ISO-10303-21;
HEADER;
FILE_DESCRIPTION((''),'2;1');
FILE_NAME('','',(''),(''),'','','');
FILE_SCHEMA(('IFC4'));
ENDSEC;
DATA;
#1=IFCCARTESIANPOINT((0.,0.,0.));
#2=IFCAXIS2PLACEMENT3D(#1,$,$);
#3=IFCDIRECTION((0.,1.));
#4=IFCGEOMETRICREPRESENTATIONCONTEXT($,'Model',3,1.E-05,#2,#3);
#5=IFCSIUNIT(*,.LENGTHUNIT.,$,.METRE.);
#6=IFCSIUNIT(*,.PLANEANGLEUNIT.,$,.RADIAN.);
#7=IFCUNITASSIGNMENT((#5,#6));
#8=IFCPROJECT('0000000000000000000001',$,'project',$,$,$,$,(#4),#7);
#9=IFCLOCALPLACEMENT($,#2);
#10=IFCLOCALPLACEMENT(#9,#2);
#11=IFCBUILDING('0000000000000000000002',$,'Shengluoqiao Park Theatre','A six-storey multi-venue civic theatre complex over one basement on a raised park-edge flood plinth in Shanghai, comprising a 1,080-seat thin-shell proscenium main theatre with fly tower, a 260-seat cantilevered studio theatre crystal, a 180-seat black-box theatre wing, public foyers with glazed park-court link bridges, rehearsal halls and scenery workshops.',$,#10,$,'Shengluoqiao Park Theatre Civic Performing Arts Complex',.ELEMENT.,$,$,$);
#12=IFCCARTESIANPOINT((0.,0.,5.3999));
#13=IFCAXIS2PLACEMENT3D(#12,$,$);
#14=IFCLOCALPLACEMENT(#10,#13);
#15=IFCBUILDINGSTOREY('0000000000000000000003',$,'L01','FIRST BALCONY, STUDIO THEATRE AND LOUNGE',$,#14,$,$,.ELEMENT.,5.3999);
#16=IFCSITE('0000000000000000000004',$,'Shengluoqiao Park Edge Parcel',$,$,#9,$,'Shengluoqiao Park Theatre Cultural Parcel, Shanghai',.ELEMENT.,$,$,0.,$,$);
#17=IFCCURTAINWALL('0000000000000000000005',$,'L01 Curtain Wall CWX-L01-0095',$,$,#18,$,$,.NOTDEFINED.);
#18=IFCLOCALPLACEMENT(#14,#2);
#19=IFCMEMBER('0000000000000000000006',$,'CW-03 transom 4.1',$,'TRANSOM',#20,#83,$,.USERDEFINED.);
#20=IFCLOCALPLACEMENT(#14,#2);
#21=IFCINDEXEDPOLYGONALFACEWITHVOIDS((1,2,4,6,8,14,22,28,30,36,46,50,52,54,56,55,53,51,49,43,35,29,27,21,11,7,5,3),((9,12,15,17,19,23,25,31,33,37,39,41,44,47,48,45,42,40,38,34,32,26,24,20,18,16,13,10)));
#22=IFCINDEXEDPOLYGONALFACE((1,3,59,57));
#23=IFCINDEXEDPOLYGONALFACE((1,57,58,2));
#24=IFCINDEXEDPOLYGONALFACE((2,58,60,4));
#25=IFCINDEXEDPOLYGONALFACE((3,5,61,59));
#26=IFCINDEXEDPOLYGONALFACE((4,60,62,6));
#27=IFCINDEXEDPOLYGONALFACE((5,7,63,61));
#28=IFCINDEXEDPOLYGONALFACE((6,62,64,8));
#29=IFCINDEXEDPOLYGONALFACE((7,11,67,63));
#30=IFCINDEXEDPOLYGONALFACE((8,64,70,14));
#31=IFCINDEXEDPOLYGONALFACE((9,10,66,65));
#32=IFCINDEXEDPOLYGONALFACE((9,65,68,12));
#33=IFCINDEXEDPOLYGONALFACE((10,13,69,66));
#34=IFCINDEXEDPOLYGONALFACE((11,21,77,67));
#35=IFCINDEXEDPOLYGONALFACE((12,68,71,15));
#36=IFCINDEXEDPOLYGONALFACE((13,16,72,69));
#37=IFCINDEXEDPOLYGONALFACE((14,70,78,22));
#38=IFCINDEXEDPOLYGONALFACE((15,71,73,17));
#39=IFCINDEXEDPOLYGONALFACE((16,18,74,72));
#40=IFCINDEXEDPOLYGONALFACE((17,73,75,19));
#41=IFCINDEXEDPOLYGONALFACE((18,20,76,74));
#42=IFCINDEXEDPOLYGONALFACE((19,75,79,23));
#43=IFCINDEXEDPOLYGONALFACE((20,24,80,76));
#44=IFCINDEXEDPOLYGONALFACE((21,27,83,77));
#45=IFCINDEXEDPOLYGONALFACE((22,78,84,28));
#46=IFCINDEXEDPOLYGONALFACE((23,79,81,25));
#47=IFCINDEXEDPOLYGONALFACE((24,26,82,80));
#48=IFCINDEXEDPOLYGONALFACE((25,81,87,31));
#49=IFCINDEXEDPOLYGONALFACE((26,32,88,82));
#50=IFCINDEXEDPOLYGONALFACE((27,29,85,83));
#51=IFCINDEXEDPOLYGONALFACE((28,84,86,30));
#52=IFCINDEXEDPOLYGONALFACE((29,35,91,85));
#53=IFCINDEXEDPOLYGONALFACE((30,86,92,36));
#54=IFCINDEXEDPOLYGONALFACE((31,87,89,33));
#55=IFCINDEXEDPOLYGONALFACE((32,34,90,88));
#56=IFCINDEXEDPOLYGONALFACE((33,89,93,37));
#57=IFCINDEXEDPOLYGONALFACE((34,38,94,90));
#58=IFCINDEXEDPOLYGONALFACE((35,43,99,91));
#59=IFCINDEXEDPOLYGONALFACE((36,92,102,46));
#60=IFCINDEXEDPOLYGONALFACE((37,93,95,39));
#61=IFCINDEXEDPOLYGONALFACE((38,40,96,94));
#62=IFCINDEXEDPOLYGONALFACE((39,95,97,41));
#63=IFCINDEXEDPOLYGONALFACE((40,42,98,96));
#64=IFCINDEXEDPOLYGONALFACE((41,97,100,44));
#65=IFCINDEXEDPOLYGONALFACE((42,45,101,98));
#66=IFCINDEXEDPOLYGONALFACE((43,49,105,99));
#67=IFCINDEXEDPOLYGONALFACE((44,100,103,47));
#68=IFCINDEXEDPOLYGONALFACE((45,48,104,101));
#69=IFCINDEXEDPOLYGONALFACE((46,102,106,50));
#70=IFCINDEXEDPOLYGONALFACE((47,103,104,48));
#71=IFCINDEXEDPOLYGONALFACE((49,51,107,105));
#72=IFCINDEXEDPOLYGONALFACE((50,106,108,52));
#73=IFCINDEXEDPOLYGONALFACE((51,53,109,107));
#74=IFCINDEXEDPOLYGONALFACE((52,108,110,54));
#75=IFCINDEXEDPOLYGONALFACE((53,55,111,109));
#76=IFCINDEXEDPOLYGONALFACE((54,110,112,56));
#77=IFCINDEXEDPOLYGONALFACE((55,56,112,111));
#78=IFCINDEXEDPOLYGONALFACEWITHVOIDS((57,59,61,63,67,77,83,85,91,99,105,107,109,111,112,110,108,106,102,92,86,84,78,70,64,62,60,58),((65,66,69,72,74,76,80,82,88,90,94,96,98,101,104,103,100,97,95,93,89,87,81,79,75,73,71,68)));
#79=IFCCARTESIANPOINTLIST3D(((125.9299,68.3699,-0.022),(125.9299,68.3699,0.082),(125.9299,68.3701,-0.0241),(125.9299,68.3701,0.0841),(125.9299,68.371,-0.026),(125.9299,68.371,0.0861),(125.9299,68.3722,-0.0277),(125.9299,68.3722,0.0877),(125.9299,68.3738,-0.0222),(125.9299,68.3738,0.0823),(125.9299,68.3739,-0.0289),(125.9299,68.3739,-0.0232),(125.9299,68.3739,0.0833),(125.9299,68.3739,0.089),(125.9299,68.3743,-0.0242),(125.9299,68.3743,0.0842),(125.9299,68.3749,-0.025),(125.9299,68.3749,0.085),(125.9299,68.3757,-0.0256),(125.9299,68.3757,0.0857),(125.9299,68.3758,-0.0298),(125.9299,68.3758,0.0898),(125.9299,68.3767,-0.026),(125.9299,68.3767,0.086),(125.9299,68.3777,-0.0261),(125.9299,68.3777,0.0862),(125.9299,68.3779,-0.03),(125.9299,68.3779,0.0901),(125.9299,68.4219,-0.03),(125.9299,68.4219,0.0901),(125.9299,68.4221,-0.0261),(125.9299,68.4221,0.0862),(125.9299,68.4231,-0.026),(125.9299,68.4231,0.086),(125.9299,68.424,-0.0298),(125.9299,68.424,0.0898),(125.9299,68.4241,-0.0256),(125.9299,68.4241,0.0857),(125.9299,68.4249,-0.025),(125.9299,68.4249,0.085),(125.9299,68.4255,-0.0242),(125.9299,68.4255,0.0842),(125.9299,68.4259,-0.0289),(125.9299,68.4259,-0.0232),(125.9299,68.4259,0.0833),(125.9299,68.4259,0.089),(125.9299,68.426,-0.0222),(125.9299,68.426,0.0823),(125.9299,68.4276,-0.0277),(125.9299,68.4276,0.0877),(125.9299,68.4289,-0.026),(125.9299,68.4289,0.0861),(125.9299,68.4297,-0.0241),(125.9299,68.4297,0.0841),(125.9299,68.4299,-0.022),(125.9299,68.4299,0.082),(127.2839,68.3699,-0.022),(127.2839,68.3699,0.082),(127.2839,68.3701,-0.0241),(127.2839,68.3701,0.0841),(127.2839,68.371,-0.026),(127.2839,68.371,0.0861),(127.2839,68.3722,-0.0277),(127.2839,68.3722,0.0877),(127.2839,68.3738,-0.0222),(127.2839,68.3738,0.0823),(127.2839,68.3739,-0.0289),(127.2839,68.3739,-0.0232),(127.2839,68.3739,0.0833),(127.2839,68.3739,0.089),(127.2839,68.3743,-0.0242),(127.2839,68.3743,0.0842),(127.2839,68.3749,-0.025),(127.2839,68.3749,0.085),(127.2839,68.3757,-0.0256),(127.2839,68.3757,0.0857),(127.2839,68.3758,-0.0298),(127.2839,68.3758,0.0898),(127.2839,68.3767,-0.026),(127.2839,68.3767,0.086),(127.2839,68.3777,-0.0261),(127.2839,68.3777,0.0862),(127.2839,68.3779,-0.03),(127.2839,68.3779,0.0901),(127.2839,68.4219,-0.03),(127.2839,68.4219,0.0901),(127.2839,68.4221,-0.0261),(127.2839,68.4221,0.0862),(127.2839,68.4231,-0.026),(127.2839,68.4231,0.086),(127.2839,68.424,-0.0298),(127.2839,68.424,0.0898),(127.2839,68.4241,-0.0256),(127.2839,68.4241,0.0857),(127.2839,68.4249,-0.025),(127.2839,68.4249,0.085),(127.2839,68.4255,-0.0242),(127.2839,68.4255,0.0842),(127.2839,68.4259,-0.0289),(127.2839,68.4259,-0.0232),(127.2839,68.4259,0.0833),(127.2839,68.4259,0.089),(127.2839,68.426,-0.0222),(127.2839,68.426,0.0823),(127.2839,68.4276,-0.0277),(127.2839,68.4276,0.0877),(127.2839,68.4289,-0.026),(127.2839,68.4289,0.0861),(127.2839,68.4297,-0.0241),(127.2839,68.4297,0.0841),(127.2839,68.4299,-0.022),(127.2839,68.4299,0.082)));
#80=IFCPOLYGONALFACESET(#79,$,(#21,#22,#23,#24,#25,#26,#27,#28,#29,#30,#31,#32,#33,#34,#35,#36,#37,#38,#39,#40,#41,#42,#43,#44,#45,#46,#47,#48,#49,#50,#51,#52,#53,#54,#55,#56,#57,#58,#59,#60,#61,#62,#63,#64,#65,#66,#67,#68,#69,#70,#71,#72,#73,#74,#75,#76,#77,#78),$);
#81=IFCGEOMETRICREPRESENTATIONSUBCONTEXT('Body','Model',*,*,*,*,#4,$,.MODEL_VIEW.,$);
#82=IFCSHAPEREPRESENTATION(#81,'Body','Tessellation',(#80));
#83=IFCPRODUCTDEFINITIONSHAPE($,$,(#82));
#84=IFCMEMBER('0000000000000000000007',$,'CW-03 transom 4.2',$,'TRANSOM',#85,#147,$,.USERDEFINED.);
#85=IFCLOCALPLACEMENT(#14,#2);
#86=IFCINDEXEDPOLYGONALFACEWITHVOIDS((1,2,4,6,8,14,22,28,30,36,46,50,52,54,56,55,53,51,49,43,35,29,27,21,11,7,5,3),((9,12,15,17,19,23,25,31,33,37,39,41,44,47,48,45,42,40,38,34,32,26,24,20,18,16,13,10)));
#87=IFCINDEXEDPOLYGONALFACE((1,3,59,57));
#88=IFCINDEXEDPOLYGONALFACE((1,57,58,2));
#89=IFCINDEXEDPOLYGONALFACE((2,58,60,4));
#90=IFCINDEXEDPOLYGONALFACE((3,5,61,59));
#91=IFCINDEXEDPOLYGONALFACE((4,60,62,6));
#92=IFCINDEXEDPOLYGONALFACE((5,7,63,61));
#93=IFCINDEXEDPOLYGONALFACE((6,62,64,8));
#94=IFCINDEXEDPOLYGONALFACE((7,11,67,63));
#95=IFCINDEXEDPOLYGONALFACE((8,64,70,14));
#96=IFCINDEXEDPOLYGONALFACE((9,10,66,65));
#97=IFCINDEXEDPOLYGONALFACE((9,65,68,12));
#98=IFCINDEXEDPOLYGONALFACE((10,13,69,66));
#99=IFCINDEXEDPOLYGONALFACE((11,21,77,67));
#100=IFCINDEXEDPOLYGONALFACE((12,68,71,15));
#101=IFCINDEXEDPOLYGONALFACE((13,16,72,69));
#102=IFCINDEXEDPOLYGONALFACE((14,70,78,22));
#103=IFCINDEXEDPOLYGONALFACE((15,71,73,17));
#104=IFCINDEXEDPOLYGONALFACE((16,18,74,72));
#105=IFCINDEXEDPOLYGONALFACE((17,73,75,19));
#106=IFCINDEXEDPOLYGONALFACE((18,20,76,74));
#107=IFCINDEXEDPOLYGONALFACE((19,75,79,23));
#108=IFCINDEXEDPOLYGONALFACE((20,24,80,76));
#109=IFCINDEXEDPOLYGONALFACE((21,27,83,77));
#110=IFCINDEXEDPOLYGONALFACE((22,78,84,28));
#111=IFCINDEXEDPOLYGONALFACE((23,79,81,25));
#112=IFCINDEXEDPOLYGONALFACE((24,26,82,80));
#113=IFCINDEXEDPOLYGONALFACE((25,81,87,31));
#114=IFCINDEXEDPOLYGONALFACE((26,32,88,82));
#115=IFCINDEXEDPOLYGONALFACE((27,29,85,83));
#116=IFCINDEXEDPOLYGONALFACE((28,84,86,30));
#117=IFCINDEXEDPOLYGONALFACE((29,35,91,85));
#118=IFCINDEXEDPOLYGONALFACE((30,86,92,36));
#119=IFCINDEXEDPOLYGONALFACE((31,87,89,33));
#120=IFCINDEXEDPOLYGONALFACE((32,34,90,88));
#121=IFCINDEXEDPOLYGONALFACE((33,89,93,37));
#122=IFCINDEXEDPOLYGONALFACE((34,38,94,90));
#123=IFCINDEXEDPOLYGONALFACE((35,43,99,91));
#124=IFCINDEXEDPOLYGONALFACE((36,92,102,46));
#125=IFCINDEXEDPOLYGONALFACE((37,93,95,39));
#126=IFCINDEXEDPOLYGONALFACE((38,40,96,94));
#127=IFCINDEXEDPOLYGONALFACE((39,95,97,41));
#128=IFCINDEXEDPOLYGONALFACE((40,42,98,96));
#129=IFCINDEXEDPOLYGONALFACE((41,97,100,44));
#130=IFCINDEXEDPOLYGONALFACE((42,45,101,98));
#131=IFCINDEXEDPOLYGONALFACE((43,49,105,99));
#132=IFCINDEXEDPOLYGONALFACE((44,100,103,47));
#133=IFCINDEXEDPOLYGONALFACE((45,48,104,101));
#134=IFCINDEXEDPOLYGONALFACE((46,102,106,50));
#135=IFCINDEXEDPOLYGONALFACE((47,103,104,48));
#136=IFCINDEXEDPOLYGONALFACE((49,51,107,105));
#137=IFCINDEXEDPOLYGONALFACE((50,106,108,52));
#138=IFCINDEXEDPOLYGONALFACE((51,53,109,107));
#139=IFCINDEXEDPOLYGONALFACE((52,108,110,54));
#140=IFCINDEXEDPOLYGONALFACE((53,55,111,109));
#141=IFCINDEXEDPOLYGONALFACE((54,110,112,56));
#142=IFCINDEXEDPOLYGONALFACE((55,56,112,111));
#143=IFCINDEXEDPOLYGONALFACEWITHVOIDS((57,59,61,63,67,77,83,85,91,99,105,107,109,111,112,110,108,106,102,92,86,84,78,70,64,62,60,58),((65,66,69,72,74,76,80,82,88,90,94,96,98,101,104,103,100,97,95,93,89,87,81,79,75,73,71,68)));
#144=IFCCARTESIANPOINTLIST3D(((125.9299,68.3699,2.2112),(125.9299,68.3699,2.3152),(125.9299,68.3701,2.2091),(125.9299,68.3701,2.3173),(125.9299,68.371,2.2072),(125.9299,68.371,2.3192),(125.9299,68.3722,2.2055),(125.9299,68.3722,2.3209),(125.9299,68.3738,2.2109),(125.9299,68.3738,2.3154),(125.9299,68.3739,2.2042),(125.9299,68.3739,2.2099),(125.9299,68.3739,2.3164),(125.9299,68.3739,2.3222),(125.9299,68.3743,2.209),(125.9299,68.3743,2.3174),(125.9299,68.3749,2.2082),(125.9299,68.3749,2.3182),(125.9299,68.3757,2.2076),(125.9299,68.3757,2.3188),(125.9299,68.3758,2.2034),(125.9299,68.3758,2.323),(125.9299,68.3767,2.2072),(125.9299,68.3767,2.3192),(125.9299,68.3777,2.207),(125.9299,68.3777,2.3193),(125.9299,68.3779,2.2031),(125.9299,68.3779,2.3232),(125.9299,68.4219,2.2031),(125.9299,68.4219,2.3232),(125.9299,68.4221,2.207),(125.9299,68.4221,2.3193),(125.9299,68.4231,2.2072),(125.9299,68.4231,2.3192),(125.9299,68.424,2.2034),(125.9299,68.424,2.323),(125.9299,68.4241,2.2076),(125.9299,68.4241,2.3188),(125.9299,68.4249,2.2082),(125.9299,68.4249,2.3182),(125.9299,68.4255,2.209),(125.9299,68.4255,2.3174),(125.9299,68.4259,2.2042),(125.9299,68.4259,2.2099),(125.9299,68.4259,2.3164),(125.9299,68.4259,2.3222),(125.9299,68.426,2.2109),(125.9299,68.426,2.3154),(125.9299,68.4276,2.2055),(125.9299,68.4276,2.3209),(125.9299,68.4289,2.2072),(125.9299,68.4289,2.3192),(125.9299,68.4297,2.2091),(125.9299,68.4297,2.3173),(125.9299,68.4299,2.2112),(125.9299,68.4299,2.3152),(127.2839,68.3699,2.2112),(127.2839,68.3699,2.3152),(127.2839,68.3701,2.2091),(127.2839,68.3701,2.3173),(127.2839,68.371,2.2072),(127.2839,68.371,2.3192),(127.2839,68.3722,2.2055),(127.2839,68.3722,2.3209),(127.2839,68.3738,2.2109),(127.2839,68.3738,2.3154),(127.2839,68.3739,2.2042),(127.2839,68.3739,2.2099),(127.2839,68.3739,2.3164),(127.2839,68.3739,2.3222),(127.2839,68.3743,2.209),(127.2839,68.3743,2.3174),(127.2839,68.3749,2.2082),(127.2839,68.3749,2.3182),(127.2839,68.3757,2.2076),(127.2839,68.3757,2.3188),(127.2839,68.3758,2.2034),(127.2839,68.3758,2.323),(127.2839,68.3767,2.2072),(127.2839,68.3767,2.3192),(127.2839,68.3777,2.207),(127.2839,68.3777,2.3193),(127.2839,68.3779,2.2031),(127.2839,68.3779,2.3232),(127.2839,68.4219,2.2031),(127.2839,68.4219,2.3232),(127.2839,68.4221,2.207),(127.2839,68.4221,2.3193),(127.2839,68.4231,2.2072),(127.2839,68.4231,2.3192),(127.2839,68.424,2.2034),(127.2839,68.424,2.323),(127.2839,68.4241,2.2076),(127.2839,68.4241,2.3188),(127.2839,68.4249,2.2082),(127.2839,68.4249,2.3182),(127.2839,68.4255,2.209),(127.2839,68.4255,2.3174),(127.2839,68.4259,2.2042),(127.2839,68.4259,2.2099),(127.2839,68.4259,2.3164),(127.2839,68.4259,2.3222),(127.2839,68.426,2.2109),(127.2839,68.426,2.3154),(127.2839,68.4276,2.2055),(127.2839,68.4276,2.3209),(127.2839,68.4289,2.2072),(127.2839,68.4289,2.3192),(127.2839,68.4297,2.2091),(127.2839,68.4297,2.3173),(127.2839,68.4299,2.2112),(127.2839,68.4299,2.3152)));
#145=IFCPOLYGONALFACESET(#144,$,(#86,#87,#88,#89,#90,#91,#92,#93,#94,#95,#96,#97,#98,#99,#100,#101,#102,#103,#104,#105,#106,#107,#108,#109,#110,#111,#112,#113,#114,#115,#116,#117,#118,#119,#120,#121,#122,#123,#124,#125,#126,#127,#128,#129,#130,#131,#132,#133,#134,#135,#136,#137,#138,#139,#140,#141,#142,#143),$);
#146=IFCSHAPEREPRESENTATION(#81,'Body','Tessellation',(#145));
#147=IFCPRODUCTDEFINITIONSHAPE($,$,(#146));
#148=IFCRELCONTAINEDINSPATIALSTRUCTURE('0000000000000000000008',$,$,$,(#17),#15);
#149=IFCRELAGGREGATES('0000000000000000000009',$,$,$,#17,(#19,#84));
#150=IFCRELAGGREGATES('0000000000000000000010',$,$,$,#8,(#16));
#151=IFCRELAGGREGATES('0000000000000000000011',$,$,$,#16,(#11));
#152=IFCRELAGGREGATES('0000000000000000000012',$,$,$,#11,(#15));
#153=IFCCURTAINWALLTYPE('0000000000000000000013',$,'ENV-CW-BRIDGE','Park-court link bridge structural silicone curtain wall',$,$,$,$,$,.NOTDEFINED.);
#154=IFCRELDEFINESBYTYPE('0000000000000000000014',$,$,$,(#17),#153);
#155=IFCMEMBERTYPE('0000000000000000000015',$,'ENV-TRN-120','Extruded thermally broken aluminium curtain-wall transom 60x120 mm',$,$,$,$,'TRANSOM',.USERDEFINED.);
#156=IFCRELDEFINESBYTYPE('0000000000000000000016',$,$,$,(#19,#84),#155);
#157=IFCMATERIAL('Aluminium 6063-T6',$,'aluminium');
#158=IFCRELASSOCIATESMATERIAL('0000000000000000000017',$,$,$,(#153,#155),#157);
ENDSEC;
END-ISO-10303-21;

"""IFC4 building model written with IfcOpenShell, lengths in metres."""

from ifc_helpers import new_model, si_unit, direction, frame, origin, origin_2d, place, context, subcontext, project, spatial, hollow_rectangle, extrude, material, material_profile, profile_set, type_object, element, aggregate, save


model = new_model("IFC4")

# Units and contexts
model_context = context("Model", 3, precision=1e-05, world=origin(), true_north=direction((0.0, 1.0)))
body_context = subcontext(model_context, "Body", "Model", "MODEL_VIEW")
ifc_project = project(units=[si_unit("LENGTHUNIT", "METRE"), si_unit("PLANEANGLEUNIT", "RADIAN")], contexts=[model_context])

# Site, building, storey
site_placement = place(None, origin())
site = spatial("IfcSite", under=ifc_project, at=site_placement, Name="Shengluoqiao Park Edge Parcel", LongName="Shengluoqiao Park Theatre Cultural Parcel, Shanghai", CompositionType="ELEMENT", RefElevation=0.0)
building_placement = place(site_placement, origin())
building = spatial("IfcBuilding", under=site, at=building_placement, Name="Shengluoqiao Park Theatre", Description="A six-storey multi-venue civic theatre complex over one basement on a raised park-edge flood plinth in Shanghai, comprising a 1,080-seat thin-shell proscenium main theatre with fly tower, a 260-seat cantilevered studio theatre crystal, a 180-seat black-box theatre wing, public foyers with glazed park-court link bridges, rehearsal halls and scenery workshops.", LongName="Shengluoqiao Park Theatre Civic Performing Arts Complex", CompositionType="ELEMENT")
storey_placement = place(building_placement, frame((0.0, 0.0, 5.3999)))
storey = spatial("IfcBuildingStorey", under=building, at=storey_placement, Name="L01", Description="FIRST BALCONY, STUDIO THEATRE AND LOUNGE", CompositionType="ELEMENT", Elevation=5.3999)

# Curtain wall
ifc_material_1 = material(Name="Aluminium 6063-T6", Category="aluminium")
curtain_wall_type = type_object("IfcCurtainWallType", Name="ENV-CW-BRIDGE", Description="Park-court link bridge structural silicone curtain wall", PredefinedType="NOTDEFINED", material=ifc_material_1)
curtain_wall_1_placement = place(storey_placement, origin())
curtain_wall_1 = element("IfcCurtainWall", 1, at=curtain_wall_1_placement, inside=storey, type_object=curtain_wall_type, Name="L01 Curtain Wall CWX-L01-0095", PredefinedType="NOTDEFINED")

# Members
ifc_material_profile_1 = material_profile(ifc_material_1, hollow_rectangle(XDim=0.0601, YDim=0.1201, WallThickness=0.0039, InnerFilletRadius=0.0039, OuterFilletRadius=0.0081, at=origin_2d()), Name="ALU TRANSOM 120x60x4")
ifc_profile_set_1 = profile_set([ifc_material_profile_1], Name="Aluminium 6063-T6")
member_type_1 = type_object("IfcMemberType", Name="ENV-TRN-120", Description="Extruded thermally broken aluminium curtain-wall transom 60x120 mm", ElementType="TRANSOM", PredefinedType="USERDEFINED", material=ifc_profile_set_1)
member_1_placement = place(storey_placement, frame((125.9299, 68.3999, 0.03), z_axis=(1.0, 0.0, 0.0), x_axis=(0.0, 1.0, 0.0)))
member_1 = element("IfcMember", 2, at=member_1_placement, type_object=member_type_1, Name="CW-03 transom 4.1", ObjectType="TRANSOM", PredefinedType="USERDEFINED", context=body_context, shape_type="SweptSolid", body=[
    extrude(hollow_rectangle(XDim=0.0601, YDim=0.1201, WallThickness=0.0039, InnerFilletRadius=0.0039, OuterFilletRadius=0.0081, at=origin_2d()), origin(), (0.0, 0.0, 1.0), 1.354),
])
member_2_placement = place(storey_placement, frame((125.9299, 68.3999, 2.2632), z_axis=(1.0, 0.0, 0.0), x_axis=(0.0, 1.0, 0.0)))
member_2 = element("IfcMember", 3, at=member_2_placement, type_object=member_type_1, Name="CW-03 transom 4.2", ObjectType="TRANSOM", PredefinedType="USERDEFINED", context=body_context, shape_type="SweptSolid", body=[
    extrude(hollow_rectangle(XDim=0.0601, YDim=0.1201, WallThickness=0.0039, InnerFilletRadius=0.0039, OuterFilletRadius=0.0081, at=origin_2d()), origin(), (0.0, 0.0, 1.0), 1.354),
])

aggregate(curtain_wall_1, [member_1, member_2])

save(model, "model.ifc")
